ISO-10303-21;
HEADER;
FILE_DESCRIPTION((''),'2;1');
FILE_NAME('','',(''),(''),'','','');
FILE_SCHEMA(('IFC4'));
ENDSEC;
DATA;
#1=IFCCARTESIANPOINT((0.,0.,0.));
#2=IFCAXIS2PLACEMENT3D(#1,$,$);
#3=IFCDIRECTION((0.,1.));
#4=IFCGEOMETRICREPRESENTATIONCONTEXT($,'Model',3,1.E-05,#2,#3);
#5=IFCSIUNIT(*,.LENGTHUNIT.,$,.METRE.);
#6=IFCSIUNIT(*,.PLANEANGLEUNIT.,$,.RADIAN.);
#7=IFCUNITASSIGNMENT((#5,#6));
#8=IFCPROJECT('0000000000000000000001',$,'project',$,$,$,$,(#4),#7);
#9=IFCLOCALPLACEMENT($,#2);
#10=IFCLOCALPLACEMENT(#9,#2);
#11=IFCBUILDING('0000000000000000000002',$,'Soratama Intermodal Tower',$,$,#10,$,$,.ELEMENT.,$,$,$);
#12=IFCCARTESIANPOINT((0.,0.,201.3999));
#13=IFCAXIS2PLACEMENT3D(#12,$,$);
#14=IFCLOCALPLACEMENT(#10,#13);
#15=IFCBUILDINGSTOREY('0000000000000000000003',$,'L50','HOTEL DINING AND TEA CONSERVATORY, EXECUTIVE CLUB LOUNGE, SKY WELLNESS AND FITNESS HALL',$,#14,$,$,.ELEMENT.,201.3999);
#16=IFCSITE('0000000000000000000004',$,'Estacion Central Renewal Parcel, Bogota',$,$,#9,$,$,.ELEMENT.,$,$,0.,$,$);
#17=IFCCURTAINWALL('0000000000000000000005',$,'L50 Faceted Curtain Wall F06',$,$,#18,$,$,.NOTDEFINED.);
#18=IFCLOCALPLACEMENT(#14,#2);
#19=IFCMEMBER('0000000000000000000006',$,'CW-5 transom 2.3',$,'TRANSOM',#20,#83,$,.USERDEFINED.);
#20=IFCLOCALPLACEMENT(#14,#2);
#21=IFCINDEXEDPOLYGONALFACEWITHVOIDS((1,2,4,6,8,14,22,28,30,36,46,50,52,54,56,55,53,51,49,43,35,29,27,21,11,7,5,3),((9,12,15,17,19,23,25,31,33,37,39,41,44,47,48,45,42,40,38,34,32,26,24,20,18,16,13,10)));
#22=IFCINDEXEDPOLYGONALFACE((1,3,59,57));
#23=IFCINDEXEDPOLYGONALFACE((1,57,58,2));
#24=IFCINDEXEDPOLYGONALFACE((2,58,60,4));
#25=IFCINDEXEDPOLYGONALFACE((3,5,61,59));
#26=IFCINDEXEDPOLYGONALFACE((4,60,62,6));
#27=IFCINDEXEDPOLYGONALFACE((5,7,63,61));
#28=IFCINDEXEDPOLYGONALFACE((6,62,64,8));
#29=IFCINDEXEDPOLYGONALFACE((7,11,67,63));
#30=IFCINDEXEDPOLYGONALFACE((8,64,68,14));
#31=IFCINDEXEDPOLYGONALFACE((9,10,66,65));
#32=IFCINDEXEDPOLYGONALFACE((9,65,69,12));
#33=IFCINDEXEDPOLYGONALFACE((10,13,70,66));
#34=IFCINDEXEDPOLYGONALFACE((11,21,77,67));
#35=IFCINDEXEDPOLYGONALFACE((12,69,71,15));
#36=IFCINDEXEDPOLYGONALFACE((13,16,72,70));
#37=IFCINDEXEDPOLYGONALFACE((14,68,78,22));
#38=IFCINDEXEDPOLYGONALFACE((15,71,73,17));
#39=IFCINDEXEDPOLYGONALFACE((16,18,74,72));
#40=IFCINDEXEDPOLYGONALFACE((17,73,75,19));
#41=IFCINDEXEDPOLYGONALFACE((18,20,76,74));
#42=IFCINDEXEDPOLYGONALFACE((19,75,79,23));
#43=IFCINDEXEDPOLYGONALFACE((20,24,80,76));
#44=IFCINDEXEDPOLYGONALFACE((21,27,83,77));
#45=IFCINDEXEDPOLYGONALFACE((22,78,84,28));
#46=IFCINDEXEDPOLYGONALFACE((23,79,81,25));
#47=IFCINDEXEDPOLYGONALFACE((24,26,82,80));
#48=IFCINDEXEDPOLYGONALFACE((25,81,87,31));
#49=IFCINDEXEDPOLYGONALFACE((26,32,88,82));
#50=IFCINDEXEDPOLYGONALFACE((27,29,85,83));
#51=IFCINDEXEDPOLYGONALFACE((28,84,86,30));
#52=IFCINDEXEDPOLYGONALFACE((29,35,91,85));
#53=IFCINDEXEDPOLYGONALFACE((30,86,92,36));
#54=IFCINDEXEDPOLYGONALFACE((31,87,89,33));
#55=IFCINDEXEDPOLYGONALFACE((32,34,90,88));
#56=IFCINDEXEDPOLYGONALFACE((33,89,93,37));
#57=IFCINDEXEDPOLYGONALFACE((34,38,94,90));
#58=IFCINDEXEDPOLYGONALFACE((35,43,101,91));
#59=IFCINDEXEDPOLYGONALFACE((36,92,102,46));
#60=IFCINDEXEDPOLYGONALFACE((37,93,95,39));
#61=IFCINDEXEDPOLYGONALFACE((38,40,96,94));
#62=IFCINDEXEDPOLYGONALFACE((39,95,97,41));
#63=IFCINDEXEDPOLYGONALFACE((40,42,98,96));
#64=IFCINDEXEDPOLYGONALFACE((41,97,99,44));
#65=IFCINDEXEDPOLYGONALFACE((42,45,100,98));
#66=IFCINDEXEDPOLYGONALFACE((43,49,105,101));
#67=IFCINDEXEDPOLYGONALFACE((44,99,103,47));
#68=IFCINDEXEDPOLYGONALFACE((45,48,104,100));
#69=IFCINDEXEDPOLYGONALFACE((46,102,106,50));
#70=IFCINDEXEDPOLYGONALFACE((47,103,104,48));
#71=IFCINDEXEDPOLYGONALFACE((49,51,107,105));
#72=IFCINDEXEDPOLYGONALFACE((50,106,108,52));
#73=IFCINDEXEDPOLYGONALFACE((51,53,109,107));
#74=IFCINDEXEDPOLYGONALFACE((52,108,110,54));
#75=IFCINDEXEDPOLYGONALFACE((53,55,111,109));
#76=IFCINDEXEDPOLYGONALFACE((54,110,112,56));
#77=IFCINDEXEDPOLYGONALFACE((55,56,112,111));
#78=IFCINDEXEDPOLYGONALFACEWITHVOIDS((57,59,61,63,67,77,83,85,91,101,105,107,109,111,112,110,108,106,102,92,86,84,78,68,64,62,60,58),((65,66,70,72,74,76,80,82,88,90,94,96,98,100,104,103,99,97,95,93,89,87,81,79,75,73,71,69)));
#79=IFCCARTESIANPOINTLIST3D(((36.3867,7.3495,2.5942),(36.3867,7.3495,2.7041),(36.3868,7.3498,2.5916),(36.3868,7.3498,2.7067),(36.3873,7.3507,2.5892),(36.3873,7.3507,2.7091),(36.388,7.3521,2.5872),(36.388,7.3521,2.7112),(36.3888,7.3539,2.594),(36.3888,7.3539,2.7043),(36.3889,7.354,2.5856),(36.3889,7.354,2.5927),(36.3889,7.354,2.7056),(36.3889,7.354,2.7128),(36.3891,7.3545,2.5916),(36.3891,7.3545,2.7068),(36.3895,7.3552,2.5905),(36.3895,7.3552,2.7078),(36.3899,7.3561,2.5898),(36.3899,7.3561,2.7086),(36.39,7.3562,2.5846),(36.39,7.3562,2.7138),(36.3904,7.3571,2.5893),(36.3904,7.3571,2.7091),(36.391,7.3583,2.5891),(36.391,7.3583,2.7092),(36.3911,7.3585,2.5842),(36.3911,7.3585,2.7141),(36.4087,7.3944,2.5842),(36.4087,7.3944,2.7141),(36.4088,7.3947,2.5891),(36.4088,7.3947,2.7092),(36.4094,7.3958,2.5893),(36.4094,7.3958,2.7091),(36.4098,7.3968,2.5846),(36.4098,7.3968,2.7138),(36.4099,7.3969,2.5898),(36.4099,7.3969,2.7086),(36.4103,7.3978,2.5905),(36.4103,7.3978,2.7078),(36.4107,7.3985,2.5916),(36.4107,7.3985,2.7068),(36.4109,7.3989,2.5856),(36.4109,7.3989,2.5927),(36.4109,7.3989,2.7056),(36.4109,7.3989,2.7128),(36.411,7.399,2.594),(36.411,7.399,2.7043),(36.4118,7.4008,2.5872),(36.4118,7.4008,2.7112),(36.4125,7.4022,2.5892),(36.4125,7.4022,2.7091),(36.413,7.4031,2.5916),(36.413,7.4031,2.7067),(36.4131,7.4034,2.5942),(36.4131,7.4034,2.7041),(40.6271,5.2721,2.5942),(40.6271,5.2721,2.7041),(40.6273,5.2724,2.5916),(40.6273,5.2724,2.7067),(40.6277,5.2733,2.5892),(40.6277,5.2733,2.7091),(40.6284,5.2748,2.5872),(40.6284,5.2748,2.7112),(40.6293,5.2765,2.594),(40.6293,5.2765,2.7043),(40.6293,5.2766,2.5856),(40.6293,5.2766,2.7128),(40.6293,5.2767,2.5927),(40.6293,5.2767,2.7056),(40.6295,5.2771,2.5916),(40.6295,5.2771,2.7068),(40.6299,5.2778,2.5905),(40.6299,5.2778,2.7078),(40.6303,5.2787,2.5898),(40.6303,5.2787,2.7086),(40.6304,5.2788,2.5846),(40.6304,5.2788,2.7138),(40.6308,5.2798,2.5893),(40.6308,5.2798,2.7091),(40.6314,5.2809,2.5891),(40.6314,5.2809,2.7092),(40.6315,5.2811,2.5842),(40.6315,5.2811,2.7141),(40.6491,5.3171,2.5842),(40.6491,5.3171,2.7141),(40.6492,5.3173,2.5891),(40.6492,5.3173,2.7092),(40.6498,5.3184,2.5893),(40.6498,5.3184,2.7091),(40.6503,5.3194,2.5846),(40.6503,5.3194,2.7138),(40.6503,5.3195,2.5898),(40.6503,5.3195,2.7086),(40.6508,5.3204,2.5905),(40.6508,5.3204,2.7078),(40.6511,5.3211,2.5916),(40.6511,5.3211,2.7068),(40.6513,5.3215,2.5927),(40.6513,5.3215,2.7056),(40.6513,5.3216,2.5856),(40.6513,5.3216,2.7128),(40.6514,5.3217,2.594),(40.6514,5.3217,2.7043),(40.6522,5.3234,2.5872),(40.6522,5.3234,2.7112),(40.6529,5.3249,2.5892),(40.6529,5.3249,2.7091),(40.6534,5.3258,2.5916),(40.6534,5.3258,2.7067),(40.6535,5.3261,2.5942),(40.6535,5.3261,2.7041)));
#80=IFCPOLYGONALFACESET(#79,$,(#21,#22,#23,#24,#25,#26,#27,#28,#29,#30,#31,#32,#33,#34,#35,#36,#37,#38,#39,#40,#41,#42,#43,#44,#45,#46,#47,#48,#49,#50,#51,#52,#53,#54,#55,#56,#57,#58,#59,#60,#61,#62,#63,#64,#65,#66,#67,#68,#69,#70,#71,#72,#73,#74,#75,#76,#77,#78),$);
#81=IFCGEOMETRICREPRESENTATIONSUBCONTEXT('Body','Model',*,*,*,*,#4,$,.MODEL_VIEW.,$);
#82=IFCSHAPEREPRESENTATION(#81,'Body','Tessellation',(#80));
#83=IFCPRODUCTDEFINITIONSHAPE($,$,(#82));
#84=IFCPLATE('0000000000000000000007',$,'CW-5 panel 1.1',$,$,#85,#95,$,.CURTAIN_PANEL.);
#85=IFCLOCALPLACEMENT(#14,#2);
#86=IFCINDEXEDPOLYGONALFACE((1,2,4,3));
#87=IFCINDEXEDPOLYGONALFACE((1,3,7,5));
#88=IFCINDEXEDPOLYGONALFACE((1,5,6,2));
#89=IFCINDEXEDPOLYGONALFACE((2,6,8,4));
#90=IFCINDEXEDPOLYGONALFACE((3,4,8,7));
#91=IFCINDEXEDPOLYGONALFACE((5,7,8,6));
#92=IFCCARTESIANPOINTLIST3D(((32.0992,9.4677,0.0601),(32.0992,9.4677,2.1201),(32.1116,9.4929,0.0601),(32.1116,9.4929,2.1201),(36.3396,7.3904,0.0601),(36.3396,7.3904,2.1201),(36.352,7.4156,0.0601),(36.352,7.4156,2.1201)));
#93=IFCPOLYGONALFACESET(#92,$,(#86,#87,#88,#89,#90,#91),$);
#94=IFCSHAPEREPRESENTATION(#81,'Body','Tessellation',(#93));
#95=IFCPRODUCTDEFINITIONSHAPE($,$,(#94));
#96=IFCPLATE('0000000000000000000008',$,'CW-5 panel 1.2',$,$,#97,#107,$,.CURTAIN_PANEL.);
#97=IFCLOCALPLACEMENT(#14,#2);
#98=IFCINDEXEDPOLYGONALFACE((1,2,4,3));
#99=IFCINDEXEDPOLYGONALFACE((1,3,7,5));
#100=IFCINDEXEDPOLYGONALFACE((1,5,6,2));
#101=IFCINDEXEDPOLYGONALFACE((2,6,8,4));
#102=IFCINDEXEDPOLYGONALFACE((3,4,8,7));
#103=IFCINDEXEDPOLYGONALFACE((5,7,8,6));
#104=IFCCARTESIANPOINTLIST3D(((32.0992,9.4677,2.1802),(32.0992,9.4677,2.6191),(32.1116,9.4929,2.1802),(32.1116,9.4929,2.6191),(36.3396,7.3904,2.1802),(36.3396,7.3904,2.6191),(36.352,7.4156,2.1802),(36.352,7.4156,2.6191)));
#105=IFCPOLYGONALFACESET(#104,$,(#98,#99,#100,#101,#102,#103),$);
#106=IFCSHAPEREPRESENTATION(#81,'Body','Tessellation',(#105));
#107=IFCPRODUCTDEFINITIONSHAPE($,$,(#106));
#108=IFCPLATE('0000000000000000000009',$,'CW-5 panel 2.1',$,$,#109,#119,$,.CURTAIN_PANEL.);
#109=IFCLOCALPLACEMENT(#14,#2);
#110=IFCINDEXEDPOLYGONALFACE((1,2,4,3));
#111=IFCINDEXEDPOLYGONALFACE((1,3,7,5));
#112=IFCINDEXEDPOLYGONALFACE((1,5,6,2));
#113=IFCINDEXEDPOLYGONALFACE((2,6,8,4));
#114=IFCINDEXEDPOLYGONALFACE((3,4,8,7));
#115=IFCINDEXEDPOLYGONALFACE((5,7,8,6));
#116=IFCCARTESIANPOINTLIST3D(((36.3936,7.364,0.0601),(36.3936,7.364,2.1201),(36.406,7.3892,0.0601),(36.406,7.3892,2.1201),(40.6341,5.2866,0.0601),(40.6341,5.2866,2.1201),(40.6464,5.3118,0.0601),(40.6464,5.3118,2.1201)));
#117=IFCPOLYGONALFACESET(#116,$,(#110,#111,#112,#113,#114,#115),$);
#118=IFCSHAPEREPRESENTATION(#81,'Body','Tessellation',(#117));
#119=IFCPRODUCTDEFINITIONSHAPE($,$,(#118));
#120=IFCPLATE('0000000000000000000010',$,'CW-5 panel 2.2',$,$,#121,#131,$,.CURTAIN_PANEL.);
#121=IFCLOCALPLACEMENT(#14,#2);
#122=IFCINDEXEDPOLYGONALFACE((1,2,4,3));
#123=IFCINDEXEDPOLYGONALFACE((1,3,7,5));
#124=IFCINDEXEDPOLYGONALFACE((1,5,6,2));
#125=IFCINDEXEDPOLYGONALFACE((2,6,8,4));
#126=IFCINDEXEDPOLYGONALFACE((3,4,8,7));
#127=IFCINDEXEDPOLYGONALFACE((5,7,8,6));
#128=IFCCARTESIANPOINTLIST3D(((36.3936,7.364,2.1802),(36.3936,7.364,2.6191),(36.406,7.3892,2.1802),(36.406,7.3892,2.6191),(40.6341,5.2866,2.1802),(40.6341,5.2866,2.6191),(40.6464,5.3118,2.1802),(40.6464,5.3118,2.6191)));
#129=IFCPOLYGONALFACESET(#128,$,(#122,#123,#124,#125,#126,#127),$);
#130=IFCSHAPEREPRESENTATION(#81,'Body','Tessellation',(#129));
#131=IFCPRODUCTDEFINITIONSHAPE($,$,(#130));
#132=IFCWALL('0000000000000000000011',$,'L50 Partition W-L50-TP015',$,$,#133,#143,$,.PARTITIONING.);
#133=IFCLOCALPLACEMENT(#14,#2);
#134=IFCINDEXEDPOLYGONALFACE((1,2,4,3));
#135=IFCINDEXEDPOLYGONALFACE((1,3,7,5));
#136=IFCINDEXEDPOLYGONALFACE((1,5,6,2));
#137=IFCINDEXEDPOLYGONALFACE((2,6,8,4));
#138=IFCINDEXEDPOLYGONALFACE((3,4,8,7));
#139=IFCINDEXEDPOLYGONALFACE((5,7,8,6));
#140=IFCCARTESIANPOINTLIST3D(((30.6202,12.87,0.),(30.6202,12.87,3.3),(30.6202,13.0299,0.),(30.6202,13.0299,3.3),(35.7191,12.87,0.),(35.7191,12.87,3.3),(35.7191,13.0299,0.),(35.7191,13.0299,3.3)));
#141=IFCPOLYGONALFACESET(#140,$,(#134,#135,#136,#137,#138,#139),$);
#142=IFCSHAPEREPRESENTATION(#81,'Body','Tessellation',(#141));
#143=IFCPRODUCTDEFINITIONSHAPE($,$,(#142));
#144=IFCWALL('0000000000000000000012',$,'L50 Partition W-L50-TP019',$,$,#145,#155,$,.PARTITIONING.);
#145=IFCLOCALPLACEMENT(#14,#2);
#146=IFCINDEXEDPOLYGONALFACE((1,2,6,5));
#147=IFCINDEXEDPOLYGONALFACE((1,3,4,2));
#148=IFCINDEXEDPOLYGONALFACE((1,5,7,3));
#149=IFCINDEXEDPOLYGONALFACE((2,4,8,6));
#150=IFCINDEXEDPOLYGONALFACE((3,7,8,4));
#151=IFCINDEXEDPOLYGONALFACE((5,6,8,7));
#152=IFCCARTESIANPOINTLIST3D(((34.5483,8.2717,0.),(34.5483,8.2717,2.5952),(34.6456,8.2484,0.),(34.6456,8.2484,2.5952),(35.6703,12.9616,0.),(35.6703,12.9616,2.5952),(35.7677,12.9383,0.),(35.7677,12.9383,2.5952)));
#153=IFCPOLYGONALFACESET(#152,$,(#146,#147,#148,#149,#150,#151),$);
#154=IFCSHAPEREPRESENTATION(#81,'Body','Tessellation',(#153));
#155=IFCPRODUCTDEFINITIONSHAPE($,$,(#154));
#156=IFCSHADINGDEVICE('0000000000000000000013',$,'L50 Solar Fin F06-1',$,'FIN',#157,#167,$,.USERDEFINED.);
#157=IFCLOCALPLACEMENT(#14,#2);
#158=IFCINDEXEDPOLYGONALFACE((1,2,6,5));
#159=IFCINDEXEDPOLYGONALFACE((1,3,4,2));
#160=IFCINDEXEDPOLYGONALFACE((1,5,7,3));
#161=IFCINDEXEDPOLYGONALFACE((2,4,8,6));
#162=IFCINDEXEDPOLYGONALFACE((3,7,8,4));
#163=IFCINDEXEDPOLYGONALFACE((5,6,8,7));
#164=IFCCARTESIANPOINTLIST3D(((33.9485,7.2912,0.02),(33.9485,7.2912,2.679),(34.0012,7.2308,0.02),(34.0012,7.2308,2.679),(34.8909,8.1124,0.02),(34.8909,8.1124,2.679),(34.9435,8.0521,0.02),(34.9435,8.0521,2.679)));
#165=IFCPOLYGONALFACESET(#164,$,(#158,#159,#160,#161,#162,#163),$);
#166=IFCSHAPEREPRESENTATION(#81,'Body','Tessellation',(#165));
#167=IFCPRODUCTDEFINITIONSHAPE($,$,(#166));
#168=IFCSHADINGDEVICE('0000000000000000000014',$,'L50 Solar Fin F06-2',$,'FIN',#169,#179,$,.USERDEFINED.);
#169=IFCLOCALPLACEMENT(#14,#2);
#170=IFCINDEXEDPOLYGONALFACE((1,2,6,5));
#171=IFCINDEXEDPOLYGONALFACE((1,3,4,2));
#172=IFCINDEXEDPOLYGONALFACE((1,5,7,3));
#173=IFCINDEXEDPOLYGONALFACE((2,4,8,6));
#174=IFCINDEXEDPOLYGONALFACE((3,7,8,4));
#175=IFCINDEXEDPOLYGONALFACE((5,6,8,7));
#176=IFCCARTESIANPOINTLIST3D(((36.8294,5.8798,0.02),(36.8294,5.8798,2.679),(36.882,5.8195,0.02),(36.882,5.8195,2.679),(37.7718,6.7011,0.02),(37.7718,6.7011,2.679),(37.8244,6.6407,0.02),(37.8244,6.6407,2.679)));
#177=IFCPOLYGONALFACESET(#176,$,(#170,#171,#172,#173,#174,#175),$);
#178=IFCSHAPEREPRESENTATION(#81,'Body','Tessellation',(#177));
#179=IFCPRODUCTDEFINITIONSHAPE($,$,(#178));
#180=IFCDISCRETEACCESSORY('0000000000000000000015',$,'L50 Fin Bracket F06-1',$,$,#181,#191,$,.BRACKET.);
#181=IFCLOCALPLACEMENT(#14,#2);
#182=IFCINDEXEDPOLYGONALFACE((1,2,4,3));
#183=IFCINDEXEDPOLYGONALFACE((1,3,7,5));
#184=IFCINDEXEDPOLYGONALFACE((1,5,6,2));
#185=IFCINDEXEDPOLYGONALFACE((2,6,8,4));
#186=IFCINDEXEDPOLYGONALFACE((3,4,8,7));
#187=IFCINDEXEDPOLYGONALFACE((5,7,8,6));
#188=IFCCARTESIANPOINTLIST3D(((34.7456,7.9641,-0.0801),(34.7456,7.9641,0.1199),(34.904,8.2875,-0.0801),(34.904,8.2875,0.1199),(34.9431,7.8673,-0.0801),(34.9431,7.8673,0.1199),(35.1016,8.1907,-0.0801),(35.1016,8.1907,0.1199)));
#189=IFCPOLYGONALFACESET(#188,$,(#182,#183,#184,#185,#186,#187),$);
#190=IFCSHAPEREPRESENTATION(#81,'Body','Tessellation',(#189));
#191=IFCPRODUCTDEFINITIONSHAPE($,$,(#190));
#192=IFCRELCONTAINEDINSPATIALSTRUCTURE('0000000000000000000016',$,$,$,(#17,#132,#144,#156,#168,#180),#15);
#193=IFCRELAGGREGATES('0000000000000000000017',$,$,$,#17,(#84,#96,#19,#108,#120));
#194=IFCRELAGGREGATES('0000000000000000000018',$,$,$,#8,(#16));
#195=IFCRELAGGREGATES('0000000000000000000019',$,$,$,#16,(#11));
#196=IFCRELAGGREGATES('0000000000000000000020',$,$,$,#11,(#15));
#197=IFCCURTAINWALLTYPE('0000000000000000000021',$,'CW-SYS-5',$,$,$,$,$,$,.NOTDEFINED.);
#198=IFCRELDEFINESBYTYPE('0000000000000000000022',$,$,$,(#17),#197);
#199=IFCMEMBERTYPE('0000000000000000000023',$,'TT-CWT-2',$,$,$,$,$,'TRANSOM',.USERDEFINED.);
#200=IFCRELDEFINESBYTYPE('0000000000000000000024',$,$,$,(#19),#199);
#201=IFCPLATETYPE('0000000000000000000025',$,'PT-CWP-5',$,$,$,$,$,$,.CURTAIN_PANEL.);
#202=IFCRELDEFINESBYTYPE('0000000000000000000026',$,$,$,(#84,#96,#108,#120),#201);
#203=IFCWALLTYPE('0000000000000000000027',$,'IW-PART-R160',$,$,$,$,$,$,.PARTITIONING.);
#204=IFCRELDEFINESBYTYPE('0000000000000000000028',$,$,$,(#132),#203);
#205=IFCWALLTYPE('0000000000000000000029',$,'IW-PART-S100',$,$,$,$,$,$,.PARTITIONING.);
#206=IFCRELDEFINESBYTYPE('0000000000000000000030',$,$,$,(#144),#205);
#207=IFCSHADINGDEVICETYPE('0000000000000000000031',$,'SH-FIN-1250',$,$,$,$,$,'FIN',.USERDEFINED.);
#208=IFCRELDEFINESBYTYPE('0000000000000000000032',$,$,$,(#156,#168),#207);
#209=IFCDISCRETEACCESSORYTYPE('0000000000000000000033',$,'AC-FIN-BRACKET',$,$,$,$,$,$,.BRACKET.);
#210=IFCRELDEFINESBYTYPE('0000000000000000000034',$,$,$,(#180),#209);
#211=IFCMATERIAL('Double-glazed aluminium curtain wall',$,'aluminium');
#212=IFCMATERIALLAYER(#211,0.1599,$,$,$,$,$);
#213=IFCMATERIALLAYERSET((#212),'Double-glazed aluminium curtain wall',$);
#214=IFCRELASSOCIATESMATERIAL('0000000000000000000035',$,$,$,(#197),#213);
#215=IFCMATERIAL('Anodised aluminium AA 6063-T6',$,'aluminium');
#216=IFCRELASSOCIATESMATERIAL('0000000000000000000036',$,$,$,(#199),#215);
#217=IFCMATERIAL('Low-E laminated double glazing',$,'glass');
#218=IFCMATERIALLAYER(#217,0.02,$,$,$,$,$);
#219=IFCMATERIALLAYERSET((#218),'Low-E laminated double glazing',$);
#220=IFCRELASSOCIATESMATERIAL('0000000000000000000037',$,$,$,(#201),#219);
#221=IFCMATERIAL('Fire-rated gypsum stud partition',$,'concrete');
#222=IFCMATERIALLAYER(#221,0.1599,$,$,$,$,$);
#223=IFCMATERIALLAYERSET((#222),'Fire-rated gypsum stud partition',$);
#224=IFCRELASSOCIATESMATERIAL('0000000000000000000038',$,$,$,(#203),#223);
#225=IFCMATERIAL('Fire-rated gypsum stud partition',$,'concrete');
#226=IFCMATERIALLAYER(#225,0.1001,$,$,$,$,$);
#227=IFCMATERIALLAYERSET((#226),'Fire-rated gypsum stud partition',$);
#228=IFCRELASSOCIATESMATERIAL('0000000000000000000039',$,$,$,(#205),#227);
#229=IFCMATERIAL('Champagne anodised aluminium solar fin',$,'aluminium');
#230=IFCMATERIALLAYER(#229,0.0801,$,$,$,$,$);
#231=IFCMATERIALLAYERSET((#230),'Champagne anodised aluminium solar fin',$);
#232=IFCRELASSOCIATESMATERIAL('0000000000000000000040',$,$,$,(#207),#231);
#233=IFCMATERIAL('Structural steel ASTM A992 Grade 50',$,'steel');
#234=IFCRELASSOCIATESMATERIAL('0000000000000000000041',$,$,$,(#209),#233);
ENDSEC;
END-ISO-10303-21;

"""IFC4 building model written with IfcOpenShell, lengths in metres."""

from ifc_helpers import new_model, si_unit, direction, frame, frame_2d, origin, origin_2d, place, context, subcontext, project, spatial, rectangle, hollow_rectangle, extrude, material, layer, layer_set, material_profile, profile_set, type_object, element, aggregate, save


model = new_model("IFC4")

# Units and contexts
model_context = context("Model", 3, precision=1e-05, world=origin(), true_north=direction((0.0, 1.0)))
body_context = subcontext(model_context, "Body", "Model", "MODEL_VIEW")
ifc_project = project(units=[si_unit("LENGTHUNIT", "METRE"), si_unit("PLANEANGLEUNIT", "RADIAN")], contexts=[model_context])

# Site, building, storey
site_placement = place(None, origin())
site = spatial("IfcSite", under=ifc_project, at=site_placement, Name="Estacion Central Renewal Parcel, Bogota", CompositionType="ELEMENT", RefElevation=0.0)
building_placement = place(site_placement, origin())
building = spatial("IfcBuilding", under=site, at=building_placement, Name="Soratama Intermodal Tower", CompositionType="ELEMENT")
storey_placement = place(building_placement, frame((0.0, 0.0, 201.3999)))
storey = spatial("IfcBuildingStorey", under=building, at=storey_placement, Name="L50", Description="HOTEL DINING AND TEA CONSERVATORY, EXECUTIVE CLUB LOUNGE, SKY WELLNESS AND FITNESS HALL", CompositionType="ELEMENT", Elevation=201.3999)

# Curtain wall, member, plates
ifc_material_1 = material(Name="Double-glazed aluminium curtain wall", Category="aluminium")
ifc_layer_1 = layer(ifc_material_1, 0.1599)
ifc_layer_set_1 = layer_set([ifc_layer_1], Name="Double-glazed aluminium curtain wall")
curtain_wall_type = type_object("IfcCurtainWallType", Name="CW-SYS-5", PredefinedType="NOTDEFINED", material=ifc_layer_set_1)
curtain_wall_placement = place(storey_placement, origin())
curtain_wall = element("IfcCurtainWall", 1, at=curtain_wall_placement, inside=storey, type_object=curtain_wall_type, Name="L50 Faceted Curtain Wall F06", PredefinedType="NOTDEFINED")
ifc_material_2 = material(Name="Anodised aluminium AA 6063-T6", Category="aluminium")
ifc_material_profile_1 = material_profile(ifc_material_2, hollow_rectangle(XDim=0.0601, YDim=0.1299, WallThickness=0.0049, InnerFilletRadius=0.0049, OuterFilletRadius=0.01, at=origin_2d()), Name="CWT130X60X5")
ifc_profile_set_1 = profile_set([ifc_material_profile_1], Name="Anodised aluminium AA 6063-T6")
member_type_1 = type_object("IfcMemberType", Name="TT-CWT-2", ElementType="TRANSOM", PredefinedType="USERDEFINED", material=ifc_profile_set_1)
member_1_placement = place(storey_placement, frame((36.3999, 7.3765, 2.6492), z_axis=(0.898027, -0.43994, 0.0), x_axis=(0.43994, 0.898027, 0.0)))
member_1 = element("IfcMember", 2, at=member_1_placement, type_object=member_type_1, Name="CW-5 transom 2.3", ObjectType="TRANSOM", PredefinedType="USERDEFINED", context=body_context, shape_type="SweptSolid", body=[
    extrude(hollow_rectangle(XDim=0.0601, YDim=0.1299, WallThickness=0.0049, InnerFilletRadius=0.0049, OuterFilletRadius=0.01, at=origin_2d()), origin(), (0.0, 0.0, 1.0), 4.7219),
])
ifc_material_3 = material(Name="Low-E laminated double glazing", Category="glass")
ifc_layer_2 = layer(ifc_material_3, 0.02)
ifc_layer_set_2 = layer_set([ifc_layer_2], Name="Low-E laminated double glazing")
plate_type = type_object("IfcPlateType", Name="PT-CWP-5", PredefinedType="CURTAIN_PANEL", material=ifc_layer_set_2)
plate_1_placement = place(storey_placement, frame((34.2256, 8.4417, 0.0601), z_axis=(0.0, 0.0, 1.0), x_axis=(0.898028, -0.439938, 0.0)))
plate_1 = element("IfcPlate", 3, at=plate_1_placement, type_object=plate_type, Name="CW-5 panel 1.1", PredefinedType="CURTAIN_PANEL", context=body_context, shape_type="SweptSolid", body=[
    extrude(rectangle(XDim=4.7219, YDim=0.0281, at=origin_2d()), origin(), (0.0, 0.0, 1.0), 2.0601),
])
plate_2_placement = place(storey_placement, frame((34.2256, 8.4417, 2.1802), z_axis=(0.0, 0.0, 1.0), x_axis=(0.898028, -0.439938, 0.0)))
plate_2 = element("IfcPlate", 4, at=plate_2_placement, type_object=plate_type, Name="CW-5 panel 1.2", PredefinedType="CURTAIN_PANEL", context=body_context, shape_type="SweptSolid", body=[
    extrude(rectangle(XDim=4.7219, YDim=0.0281, at=origin_2d()), origin(), (0.0, 0.0, 1.0), 0.439),
])
plate_3_placement = place(storey_placement, frame((38.52, 6.3379, 0.0601), z_axis=(0.0, 0.0, 1.0), x_axis=(0.898028, -0.439938, 0.0)))
plate_3 = element("IfcPlate", 5, at=plate_3_placement, type_object=plate_type, Name="CW-5 panel 2.1", PredefinedType="CURTAIN_PANEL", context=body_context, shape_type="SweptSolid", body=[
    extrude(rectangle(XDim=4.7219, YDim=0.0281, at=origin_2d()), origin(), (0.0, 0.0, 1.0), 2.0601),
])
plate_4_placement = place(storey_placement, frame((38.52, 6.3379, 2.1802), z_axis=(0.0, 0.0, 1.0), x_axis=(0.898028, -0.439938, 0.0)))
plate_4 = element("IfcPlate", 6, at=plate_4_placement, type_object=plate_type, Name="CW-5 panel 2.2", PredefinedType="CURTAIN_PANEL", context=body_context, shape_type="SweptSolid", body=[
    extrude(rectangle(XDim=4.7219, YDim=0.0281, at=origin_2d()), origin(), (0.0, 0.0, 1.0), 0.439),
])
aggregate(curtain_wall, [plate_1, plate_2, member_1, plate_3, plate_4])

# Walls
ifc_material_4 = material(Name="Fire-rated gypsum stud partition", Category="concrete")
ifc_layer_3 = layer(ifc_material_4, 0.1599)
ifc_layer_set_3 = layer_set([ifc_layer_3], Name="Fire-rated gypsum stud partition")
wall_type_1 = type_object("IfcWallType", Name="IW-PART-R160", PredefinedType="PARTITIONING", material=ifc_layer_set_3)
wall_1_placement = place(storey_placement, frame((35.719, 12.95, 0.0), z_axis=(0.0, 0.0, 1.0), x_axis=(-1.0, 0.0, 0.0)))
element("IfcWall", 7, at=wall_1_placement, inside=storey, type_object=wall_type_1, Name="L50 Partition W-L50-TP015", PredefinedType="PARTITIONING", context=body_context, shape_type="SweptSolid", body=[
    extrude(rectangle(XDim=5.0989, YDim=0.1599, at=frame_2d((2.5493, 0.0))), origin(), (0.0, 0.0, 1.0), 3.3),
])
ifc_material_5 = material(Name="Fire-rated gypsum stud partition", Category="concrete")
ifc_layer_4 = layer(ifc_material_5, 0.1001)
ifc_layer_set_4 = layer_set([ifc_layer_4], Name="Fire-rated gypsum stud partition")
wall_type_2 = type_object("IfcWallType", Name="IW-PART-S100", PredefinedType="PARTITIONING", material=ifc_layer_set_4)
wall_2_placement = place(storey_placement, frame((35.719, 12.95, 0.0), z_axis=(0.0, 0.0, 1.0), x_axis=(-0.232684, -0.972552, 0.0)))
element("IfcWall", 8, at=wall_2_placement, inside=storey, type_object=wall_type_2, Name="L50 Partition W-L50-TP019", PredefinedType="PARTITIONING", context=body_context, shape_type="SweptSolid", body=[
    extrude(rectangle(XDim=4.8223, YDim=0.1001, at=frame_2d((2.4111, 0.0))), origin(), (0.0, 0.0, 1.0), 2.5952),
])

# Shading devices
ifc_material_6 = material(Name="Champagne anodised aluminium solar fin", Category="aluminium")
ifc_layer_5 = layer(ifc_material_6, 0.0801)
ifc_layer_set_5 = layer_set([ifc_layer_5], Name="Champagne anodised aluminium solar fin")
shading_device_type = type_object("IfcShadingDeviceType", Name="SH-FIN-1250", ElementType="FIN", PredefinedType="USERDEFINED", material=ifc_layer_set_5)
for number, where, z_axis, x_axis, name in (
    (9, (34.446, 7.6716, 0.02), (0.0, 0.0, 1.0), (-0.753907, -0.656981, 0.0), "L50 Solar Fin F06-1"),
    (10, (37.3269, 6.2603, 0.02), (0.0, 0.0, 1.0), (-0.753907, -0.656981, 0.0), "L50 Solar Fin F06-2"),
):
    element("IfcShadingDevice", number, at=place(storey_placement, frame(where, z_axis=z_axis, x_axis=x_axis)), inside=storey, type_object=shading_device_type, Name=name, ObjectType="FIN", PredefinedType="USERDEFINED", context=body_context, shape_type="SweptSolid", body=[
        extrude(rectangle(XDim=1.25, YDim=0.0801, at=origin_2d()), origin(), (0.0, 0.0, 1.0), 2.6589),
    ])

# Discrete accessory
ifc_material_7 = material(Name="Structural steel ASTM A992 Grade 50", Category="steel")
discrete_accessory_type = type_object("IfcDiscreteAccessoryType", Name="AC-FIN-BRACKET", PredefinedType="BRACKET", material=ifc_material_7)
for number, where, z_axis, x_axis, name in (
    (11, (34.9236, 8.0774, -0.0801), (0.0, 0.0, 1.0), (-0.439939, -0.898028, 0.0), "L50 Fin Bracket F06-1"),
):
    element("IfcDiscreteAccessory", number, at=place(storey_placement, frame(where, z_axis=z_axis, x_axis=x_axis)), inside=storey, type_object=discrete_accessory_type, Name=name, PredefinedType="BRACKET", context=body_context, shape_type="SweptSolid", body=[
        extrude(rectangle(XDim=0.3601, YDim=0.22, at=origin_2d()), origin(), (0.0, 0.0, 1.0), 0.2),
    ])

save(model, "model.ifc")
